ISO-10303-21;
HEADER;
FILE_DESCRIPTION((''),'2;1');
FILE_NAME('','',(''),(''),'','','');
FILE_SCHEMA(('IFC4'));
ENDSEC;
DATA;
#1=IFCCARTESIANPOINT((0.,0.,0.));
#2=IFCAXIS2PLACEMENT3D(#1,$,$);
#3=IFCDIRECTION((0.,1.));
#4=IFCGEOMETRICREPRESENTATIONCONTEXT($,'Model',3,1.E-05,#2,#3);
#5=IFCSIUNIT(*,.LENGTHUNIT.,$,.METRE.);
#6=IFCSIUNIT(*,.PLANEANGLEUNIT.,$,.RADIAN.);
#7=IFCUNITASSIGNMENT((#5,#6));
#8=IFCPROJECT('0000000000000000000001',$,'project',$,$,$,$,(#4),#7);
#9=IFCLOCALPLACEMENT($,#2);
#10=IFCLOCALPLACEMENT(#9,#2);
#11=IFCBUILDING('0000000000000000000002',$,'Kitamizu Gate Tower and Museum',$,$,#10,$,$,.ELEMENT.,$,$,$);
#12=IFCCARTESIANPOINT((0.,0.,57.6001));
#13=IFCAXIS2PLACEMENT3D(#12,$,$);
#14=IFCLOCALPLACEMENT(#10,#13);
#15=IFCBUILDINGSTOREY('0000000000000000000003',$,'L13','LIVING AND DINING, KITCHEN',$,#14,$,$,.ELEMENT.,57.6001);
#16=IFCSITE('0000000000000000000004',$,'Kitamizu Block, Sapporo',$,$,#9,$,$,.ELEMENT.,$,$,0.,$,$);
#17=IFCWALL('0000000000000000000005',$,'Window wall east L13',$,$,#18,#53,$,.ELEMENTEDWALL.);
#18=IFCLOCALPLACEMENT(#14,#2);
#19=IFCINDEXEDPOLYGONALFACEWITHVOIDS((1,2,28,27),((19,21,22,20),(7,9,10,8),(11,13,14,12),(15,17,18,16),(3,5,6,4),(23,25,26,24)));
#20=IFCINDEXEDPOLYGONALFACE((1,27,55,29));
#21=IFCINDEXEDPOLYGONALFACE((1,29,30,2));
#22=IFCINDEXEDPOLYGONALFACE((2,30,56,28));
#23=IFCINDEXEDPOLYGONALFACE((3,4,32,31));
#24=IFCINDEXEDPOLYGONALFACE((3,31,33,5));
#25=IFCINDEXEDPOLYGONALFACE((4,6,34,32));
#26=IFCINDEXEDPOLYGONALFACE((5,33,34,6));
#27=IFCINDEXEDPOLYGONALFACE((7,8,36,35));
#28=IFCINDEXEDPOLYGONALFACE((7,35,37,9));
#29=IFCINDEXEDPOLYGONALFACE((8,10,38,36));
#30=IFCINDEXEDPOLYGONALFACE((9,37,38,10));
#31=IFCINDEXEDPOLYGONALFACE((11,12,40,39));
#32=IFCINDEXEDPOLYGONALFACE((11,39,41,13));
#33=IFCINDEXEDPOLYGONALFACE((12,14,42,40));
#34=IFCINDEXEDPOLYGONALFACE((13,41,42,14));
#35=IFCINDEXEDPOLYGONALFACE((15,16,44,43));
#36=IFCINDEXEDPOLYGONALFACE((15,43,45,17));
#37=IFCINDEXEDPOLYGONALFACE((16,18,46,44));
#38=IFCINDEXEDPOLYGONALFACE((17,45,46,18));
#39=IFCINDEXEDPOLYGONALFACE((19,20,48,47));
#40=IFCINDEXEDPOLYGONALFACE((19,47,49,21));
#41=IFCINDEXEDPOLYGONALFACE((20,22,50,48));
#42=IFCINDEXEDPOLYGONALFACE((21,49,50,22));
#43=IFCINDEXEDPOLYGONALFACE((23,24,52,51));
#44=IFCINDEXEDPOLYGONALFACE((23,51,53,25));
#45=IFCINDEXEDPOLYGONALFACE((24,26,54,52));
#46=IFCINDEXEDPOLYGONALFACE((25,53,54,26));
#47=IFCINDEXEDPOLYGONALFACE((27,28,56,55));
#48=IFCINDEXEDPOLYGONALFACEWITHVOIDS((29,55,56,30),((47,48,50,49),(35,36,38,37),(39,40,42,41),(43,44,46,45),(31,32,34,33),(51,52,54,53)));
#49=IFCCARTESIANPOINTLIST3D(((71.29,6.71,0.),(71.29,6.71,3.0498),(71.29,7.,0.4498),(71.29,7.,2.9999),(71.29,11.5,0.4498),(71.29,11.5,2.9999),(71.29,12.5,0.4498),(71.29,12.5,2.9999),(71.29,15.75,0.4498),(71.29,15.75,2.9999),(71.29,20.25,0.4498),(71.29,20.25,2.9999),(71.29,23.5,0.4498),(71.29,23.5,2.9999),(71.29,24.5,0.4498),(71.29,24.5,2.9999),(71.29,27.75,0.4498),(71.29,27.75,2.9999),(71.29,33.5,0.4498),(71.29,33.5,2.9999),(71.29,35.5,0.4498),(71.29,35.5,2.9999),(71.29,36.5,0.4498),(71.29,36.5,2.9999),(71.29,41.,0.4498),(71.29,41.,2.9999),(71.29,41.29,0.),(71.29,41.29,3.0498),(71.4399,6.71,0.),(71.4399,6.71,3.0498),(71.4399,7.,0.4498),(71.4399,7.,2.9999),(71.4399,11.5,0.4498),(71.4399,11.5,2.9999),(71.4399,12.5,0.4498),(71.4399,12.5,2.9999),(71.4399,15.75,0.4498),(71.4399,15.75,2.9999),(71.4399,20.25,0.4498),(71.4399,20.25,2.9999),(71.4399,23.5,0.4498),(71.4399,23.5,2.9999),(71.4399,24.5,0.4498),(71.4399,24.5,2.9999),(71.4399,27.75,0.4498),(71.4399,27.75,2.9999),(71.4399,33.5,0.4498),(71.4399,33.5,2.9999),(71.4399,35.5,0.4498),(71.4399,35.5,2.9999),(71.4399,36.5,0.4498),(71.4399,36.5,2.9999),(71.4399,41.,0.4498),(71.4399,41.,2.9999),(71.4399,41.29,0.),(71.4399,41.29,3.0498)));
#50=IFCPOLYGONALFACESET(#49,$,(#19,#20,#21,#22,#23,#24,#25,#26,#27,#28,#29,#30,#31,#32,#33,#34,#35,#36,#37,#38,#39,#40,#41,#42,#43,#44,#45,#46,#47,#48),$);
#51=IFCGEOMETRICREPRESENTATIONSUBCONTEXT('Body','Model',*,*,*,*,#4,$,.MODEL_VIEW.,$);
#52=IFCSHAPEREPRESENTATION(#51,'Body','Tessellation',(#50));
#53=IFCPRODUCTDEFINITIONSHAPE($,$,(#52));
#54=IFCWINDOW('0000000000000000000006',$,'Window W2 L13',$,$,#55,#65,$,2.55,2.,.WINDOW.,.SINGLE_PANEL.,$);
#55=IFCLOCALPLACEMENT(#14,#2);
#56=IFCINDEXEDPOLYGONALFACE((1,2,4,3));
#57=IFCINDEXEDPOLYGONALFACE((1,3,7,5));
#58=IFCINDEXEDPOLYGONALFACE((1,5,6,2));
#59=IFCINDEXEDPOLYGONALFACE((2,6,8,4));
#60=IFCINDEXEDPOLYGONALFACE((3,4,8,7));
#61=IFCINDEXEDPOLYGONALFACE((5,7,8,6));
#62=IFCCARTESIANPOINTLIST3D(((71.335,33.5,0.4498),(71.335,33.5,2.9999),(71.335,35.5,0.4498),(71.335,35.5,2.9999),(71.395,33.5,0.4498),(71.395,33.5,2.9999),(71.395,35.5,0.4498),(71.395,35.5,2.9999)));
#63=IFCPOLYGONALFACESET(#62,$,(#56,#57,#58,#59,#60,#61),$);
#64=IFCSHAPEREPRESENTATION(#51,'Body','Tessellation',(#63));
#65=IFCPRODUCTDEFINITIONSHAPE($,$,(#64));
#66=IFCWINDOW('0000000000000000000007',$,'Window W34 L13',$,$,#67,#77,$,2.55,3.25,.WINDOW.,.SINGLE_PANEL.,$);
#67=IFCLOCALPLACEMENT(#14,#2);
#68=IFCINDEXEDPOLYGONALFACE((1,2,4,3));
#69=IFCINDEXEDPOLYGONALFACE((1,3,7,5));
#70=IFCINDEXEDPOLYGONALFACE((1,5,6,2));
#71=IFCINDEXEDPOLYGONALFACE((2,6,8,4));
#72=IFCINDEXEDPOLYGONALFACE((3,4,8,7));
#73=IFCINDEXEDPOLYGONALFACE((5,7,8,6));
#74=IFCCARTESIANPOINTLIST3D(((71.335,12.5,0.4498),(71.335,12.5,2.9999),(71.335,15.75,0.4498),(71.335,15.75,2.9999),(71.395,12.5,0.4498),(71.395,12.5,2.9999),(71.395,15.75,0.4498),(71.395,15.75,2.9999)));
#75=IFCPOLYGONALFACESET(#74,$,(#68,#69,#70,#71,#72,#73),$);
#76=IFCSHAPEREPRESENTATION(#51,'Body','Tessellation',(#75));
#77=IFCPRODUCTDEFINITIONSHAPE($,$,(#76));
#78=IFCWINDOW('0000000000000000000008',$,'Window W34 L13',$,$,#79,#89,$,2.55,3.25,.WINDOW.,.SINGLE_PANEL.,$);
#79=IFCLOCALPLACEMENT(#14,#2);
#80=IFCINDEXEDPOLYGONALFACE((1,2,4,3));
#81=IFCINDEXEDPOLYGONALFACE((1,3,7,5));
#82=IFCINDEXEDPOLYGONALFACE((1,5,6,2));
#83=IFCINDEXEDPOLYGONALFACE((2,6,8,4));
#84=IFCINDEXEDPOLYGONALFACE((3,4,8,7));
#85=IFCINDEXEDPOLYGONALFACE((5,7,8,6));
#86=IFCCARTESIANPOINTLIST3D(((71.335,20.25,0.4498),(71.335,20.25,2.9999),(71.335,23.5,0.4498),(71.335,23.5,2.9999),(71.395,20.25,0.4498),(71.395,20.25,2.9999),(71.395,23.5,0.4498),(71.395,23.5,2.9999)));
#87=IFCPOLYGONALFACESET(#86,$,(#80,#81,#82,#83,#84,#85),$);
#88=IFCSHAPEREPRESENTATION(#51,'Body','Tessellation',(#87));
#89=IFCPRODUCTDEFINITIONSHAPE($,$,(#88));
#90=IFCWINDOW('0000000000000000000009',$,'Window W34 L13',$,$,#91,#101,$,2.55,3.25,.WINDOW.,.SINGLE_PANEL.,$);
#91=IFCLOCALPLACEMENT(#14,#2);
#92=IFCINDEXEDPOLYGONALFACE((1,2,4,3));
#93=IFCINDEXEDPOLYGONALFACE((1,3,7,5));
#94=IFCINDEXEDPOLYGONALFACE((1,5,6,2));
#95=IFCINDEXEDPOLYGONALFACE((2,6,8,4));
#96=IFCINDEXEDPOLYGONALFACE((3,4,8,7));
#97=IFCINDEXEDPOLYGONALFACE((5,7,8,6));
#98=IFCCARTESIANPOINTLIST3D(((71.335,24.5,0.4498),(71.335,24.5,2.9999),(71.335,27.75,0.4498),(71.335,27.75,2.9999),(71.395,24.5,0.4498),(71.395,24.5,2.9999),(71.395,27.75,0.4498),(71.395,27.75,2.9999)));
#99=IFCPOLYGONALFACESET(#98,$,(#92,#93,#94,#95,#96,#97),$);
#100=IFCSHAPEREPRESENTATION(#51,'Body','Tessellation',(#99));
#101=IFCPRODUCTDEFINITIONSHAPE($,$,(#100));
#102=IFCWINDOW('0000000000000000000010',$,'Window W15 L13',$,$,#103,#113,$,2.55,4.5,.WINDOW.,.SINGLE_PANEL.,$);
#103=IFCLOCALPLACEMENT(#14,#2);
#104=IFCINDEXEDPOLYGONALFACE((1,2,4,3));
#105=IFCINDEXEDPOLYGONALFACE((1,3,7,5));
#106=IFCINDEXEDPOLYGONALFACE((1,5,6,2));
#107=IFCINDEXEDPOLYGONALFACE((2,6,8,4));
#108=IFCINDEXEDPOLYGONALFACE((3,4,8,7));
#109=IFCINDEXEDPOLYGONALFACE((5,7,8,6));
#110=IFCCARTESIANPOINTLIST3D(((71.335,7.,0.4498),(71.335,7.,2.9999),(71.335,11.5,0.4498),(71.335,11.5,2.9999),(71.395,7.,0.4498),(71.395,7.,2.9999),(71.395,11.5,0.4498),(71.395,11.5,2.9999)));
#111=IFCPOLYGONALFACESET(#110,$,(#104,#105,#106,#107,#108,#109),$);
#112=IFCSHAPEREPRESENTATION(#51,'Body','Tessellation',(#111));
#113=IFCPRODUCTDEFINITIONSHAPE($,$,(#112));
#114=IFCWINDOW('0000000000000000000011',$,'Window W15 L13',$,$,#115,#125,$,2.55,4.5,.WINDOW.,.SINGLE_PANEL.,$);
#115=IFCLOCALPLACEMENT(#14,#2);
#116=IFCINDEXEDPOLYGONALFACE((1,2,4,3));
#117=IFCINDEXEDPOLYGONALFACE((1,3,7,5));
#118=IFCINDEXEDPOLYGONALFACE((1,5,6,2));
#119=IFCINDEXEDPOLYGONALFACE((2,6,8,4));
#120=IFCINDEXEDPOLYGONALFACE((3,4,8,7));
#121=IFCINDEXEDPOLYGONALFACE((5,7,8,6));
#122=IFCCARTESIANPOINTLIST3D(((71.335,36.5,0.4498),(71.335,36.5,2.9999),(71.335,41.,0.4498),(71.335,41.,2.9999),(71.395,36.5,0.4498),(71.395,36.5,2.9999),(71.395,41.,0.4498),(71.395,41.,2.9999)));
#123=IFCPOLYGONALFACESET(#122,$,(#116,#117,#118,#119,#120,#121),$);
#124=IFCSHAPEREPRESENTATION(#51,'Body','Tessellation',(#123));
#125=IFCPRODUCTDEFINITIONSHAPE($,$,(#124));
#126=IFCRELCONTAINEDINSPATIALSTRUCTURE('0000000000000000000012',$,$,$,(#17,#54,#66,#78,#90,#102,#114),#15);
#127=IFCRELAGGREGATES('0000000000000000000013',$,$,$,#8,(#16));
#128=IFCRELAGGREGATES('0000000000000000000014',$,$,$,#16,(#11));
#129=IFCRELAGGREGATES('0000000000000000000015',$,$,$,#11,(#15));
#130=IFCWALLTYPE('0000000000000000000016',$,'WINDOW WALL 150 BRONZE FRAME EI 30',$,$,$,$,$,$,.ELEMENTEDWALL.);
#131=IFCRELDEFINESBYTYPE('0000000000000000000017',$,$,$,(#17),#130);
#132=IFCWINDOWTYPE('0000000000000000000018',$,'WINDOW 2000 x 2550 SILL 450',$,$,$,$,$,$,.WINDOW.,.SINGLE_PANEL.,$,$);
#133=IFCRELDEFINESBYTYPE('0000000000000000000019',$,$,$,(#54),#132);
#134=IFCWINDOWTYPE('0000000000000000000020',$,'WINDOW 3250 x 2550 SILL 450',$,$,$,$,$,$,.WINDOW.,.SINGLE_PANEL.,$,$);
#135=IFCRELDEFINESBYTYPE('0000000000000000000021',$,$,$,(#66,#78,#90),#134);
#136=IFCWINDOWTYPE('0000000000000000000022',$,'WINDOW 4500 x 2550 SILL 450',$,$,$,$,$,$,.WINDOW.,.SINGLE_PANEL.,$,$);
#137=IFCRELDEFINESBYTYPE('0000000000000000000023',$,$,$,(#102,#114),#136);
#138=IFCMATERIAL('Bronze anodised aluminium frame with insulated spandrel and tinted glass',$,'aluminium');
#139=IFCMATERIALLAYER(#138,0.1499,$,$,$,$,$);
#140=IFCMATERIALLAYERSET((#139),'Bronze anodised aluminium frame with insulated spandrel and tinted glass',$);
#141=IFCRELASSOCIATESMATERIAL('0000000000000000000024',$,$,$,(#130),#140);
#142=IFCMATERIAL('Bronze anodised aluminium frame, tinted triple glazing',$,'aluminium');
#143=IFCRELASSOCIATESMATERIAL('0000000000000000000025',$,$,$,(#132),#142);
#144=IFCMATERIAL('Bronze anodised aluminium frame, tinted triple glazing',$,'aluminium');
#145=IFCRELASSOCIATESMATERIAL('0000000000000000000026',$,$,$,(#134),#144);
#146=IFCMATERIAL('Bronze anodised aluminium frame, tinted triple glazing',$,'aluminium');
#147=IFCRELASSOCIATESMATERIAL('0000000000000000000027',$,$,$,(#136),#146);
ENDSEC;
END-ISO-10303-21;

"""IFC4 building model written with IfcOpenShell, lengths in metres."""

from ifc_helpers import new_model, si_unit, direction, frame, frame_2d, origin, place, context, subcontext, project, spatial, rectangle, extrude, material, layer, layer_set, type_object, element, fill, save


model = new_model("IFC4")

# Units and contexts
model_context = context("Model", 3, precision=1e-05, world=origin(), true_north=direction((0.0, 1.0)))
body_context = subcontext(model_context, "Body", "Model", "MODEL_VIEW")
ifc_project = project(units=[si_unit("LENGTHUNIT", "METRE"), si_unit("PLANEANGLEUNIT", "RADIAN")], contexts=[model_context])

# Site, building, storey
site_placement = place(None, origin())
site = spatial("IfcSite", under=ifc_project, at=site_placement, Name="Kitamizu Block, Sapporo", CompositionType="ELEMENT", RefElevation=0.0)
building_placement = place(site_placement, origin())
building = spatial("IfcBuilding", under=site, at=building_placement, Name="Kitamizu Gate Tower and Museum", CompositionType="ELEMENT")
storey_placement = place(building_placement, frame((0.0, 0.0, 57.6001)))
storey = spatial("IfcBuildingStorey", under=building, at=storey_placement, Name="L13", Description="LIVING AND DINING, KITCHEN", CompositionType="ELEMENT", Elevation=57.6001)

# Shared definitions
ifc_material_1 = material(Name="Bronze anodised aluminium frame with insulated spandrel and tinted glass", Category="aluminium")
ifc_layer_1 = layer(ifc_material_1, 0.1499)
ifc_layer_set_1 = layer_set([ifc_layer_1], Name="Bronze anodised aluminium frame with insulated spandrel and tinted glass")
wall_type_1 = type_object("IfcWallType", Name="WINDOW WALL 150 BRONZE FRAME EI 30", PredefinedType="ELEMENTEDWALL", material=ifc_layer_set_1)

# Wall, openings, windows
wall_1_placement = place(storey_placement, frame((71.365, 6.71, 0.0), z_axis=(0.0, 0.0, 1.0), x_axis=(0.0, 1.0, 0.0)))
wall_1 = element("IfcWall", 1, at=wall_1_placement, inside=storey, type_object=wall_type_1, Name="Window wall east L13", PredefinedType="ELEMENTEDWALL", context=body_context, shape_type="SweptSolid", body=[
    extrude(rectangle(XDim=34.5801, YDim=0.1499, at=frame_2d((17.29, 0.0))), origin(), (0.0, 0.0, 1.0), 3.0498),
])
opening_1_placement = place(wall_1_placement, frame((0.29, 0.0, 0.45)))
opening_1 = element("IfcOpeningElement", 2, at=opening_1_placement, cuts=wall_1, PredefinedType="OPENING", context=body_context, shape_type="SweptSolid", body=[
    extrude(rectangle(XDim=4.5, YDim=2.55, at=frame_2d((2.25, 1.2749))), frame((0.0, 0.085, 0.0), z_axis=(0.0, -1.0, 0.0), x_axis=(1.0, 0.0, 0.0)), (0.0, 0.0, 1.0), 0.1699),
])
opening_2_placement = place(wall_1_placement, frame((5.79, 0.0, 0.45)))
opening_2 = element("IfcOpeningElement", 3, at=opening_2_placement, cuts=wall_1, PredefinedType="OPENING", context=body_context, shape_type="SweptSolid", body=[
    extrude(rectangle(XDim=3.25, YDim=2.55, at=frame_2d((1.625, 1.2749))), frame((0.0, 0.085, 0.0), z_axis=(0.0, -1.0, 0.0), x_axis=(1.0, 0.0, 0.0)), (0.0, 0.0, 1.0), 0.1699),
])
opening_3_placement = place(wall_1_placement, frame((13.54, 0.0, 0.45)))
opening_3 = element("IfcOpeningElement", 4, at=opening_3_placement, cuts=wall_1, PredefinedType="OPENING", context=body_context, shape_type="SweptSolid", body=[
    extrude(rectangle(XDim=3.25, YDim=2.55, at=frame_2d((1.625, 1.2749))), frame((0.0, 0.085, 0.0), z_axis=(0.0, -1.0, 0.0), x_axis=(1.0, 0.0, 0.0)), (0.0, 0.0, 1.0), 0.1699),
])
opening_4_placement = place(wall_1_placement, frame((17.79, 0.0, 0.45)))
opening_4 = element("IfcOpeningElement", 5, at=opening_4_placement, cuts=wall_1, PredefinedType="OPENING", context=body_context, shape_type="SweptSolid", body=[
    extrude(rectangle(XDim=3.25, YDim=2.55, at=frame_2d((1.625, 1.2749))), frame((0.0, 0.085, 0.0), z_axis=(0.0, -1.0, 0.0), x_axis=(1.0, 0.0, 0.0)), (0.0, 0.0, 1.0), 0.1699),
])
opening_5_placement = place(wall_1_placement, frame((26.79, 0.0, 0.45)))
opening_5 = element("IfcOpeningElement", 6, at=opening_5_placement, cuts=wall_1, PredefinedType="OPENING", context=body_context, shape_type="SweptSolid", body=[
    extrude(rectangle(XDim=2.0, YDim=2.55, at=frame_2d((1.0, 1.2749))), frame((0.0, 0.085, 0.0), z_axis=(0.0, -1.0, 0.0), x_axis=(1.0, 0.0, 0.0)), (0.0, 0.0, 1.0), 0.1699),
])
opening_6_placement = place(wall_1_placement, frame((29.79, 0.0, 0.45)))
opening_6 = element("IfcOpeningElement", 7, at=opening_6_placement, cuts=wall_1, PredefinedType="OPENING", context=body_context, shape_type="SweptSolid", body=[
    extrude(rectangle(XDim=4.5, YDim=2.55, at=frame_2d((2.25, 1.2749))), frame((0.0, 0.085, 0.0), z_axis=(0.0, -1.0, 0.0), x_axis=(1.0, 0.0, 0.0)), (0.0, 0.0, 1.0), 0.1699),
])
ifc_material_2 = material(Name="Bronze anodised aluminium frame, tinted triple glazing", Category="aluminium")
window_type_1 = type_object("IfcWindowType", Name="WINDOW 2000 x 2550 SILL 450", PartitioningType="SINGLE_PANEL", PredefinedType="WINDOW", material=ifc_material_2)
window_1_placement = place(opening_5_placement, origin())
window_1 = element("IfcWindow", 8, at=window_1_placement, inside=storey, type_object=window_type_1, Name="Window W2 L13", OverallHeight=2.55, OverallWidth=2.0, PartitioningType="SINGLE_PANEL", PredefinedType="WINDOW", context=body_context, shape_type="SweptSolid", body=[
    extrude(rectangle(XDim=2.0, YDim=2.55, at=frame_2d((1.0, 1.2749))), frame((0.0, 0.03, 0.0), z_axis=(0.0, -1.0, 0.0), x_axis=(1.0, 0.0, 0.0)), (0.0, 0.0, 1.0), 0.0601),
])
fill(opening_5, window_1)
ifc_material_3 = material(Name="Bronze anodised aluminium frame, tinted triple glazing", Category="aluminium")
window_type_2 = type_object("IfcWindowType", Name="WINDOW 3250 x 2550 SILL 450", PartitioningType="SINGLE_PANEL", PredefinedType="WINDOW", material=ifc_material_3)
window_2_placement = place(opening_2_placement, origin())
window_2 = element("IfcWindow", 9, at=window_2_placement, inside=storey, type_object=window_type_2, Name="Window W34 L13", OverallHeight=2.55, OverallWidth=3.25, PartitioningType="SINGLE_PANEL", PredefinedType="WINDOW", context=body_context, shape_type="SweptSolid", body=[
    extrude(rectangle(XDim=3.25, YDim=2.55, at=frame_2d((1.625, 1.2749))), frame((0.0, 0.03, 0.0), z_axis=(0.0, -1.0, 0.0), x_axis=(1.0, 0.0, 0.0)), (0.0, 0.0, 1.0), 0.0601),
])
fill(opening_2, window_2)
window_3_placement = place(opening_3_placement, origin())
window_3 = element("IfcWindow", 10, at=window_3_placement, inside=storey, type_object=window_type_2, Name="Window W34 L13", OverallHeight=2.55, OverallWidth=3.25, PartitioningType="SINGLE_PANEL", PredefinedType="WINDOW", context=body_context, shape_type="SweptSolid", body=[
    extrude(rectangle(XDim=3.25, YDim=2.55, at=frame_2d((1.625, 1.2749))), frame((0.0, 0.03, 0.0), z_axis=(0.0, -1.0, 0.0), x_axis=(1.0, 0.0, 0.0)), (0.0, 0.0, 1.0), 0.0601),
])
fill(opening_3, window_3)
window_4_placement = place(opening_4_placement, origin())
window_4 = element("IfcWindow", 11, at=window_4_placement, inside=storey, type_object=window_type_2, Name="Window W34 L13", OverallHeight=2.55, OverallWidth=3.25, PartitioningType="SINGLE_PANEL", PredefinedType="WINDOW", context=body_context, shape_type="SweptSolid", body=[
    extrude(rectangle(XDim=3.25, YDim=2.55, at=frame_2d((1.625, 1.2749))), frame((0.0, 0.03, 0.0), z_axis=(0.0, -1.0, 0.0), x_axis=(1.0, 0.0, 0.0)), (0.0, 0.0, 1.0), 0.0601),
])
fill(opening_4, window_4)
ifc_material_4 = material(Name="Bronze anodised aluminium frame, tinted triple glazing", Category="aluminium")
window_type_3 = type_object("IfcWindowType", Name="WINDOW 4500 x 2550 SILL 450", PartitioningType="SINGLE_PANEL", PredefinedType="WINDOW", material=ifc_material_4)
window_5_placement = place(opening_1_placement, origin())
window_5 = element("IfcWindow", 12, at=window_5_placement, inside=storey, type_object=window_type_3, Name="Window W15 L13", OverallHeight=2.55, OverallWidth=4.5, PartitioningType="SINGLE_PANEL", PredefinedType="WINDOW", context=body_context, shape_type="SweptSolid", body=[
    extrude(rectangle(XDim=4.5, YDim=2.55, at=frame_2d((2.25, 1.2749))), frame((0.0, 0.03, 0.0), z_axis=(0.0, -1.0, 0.0), x_axis=(1.0, 0.0, 0.0)), (0.0, 0.0, 1.0), 0.0601),
])
fill(opening_1, window_5)
window_6_placement = place(opening_6_placement, origin())
window_6 = element("IfcWindow", 13, at=window_6_placement, inside=storey, type_object=window_type_3, Name="Window W15 L13", OverallHeight=2.55, OverallWidth=4.5, PartitioningType="SINGLE_PANEL", PredefinedType="WINDOW", context=body_context, shape_type="SweptSolid", body=[
    extrude(rectangle(XDim=4.5, YDim=2.55, at=frame_2d((2.25, 1.2749))), frame((0.0, 0.03, 0.0), z_axis=(0.0, -1.0, 0.0), x_axis=(1.0, 0.0, 0.0)), (0.0, 0.0, 1.0), 0.0601),
])
fill(opening_6, window_6)

save(model, "model.ifc")
